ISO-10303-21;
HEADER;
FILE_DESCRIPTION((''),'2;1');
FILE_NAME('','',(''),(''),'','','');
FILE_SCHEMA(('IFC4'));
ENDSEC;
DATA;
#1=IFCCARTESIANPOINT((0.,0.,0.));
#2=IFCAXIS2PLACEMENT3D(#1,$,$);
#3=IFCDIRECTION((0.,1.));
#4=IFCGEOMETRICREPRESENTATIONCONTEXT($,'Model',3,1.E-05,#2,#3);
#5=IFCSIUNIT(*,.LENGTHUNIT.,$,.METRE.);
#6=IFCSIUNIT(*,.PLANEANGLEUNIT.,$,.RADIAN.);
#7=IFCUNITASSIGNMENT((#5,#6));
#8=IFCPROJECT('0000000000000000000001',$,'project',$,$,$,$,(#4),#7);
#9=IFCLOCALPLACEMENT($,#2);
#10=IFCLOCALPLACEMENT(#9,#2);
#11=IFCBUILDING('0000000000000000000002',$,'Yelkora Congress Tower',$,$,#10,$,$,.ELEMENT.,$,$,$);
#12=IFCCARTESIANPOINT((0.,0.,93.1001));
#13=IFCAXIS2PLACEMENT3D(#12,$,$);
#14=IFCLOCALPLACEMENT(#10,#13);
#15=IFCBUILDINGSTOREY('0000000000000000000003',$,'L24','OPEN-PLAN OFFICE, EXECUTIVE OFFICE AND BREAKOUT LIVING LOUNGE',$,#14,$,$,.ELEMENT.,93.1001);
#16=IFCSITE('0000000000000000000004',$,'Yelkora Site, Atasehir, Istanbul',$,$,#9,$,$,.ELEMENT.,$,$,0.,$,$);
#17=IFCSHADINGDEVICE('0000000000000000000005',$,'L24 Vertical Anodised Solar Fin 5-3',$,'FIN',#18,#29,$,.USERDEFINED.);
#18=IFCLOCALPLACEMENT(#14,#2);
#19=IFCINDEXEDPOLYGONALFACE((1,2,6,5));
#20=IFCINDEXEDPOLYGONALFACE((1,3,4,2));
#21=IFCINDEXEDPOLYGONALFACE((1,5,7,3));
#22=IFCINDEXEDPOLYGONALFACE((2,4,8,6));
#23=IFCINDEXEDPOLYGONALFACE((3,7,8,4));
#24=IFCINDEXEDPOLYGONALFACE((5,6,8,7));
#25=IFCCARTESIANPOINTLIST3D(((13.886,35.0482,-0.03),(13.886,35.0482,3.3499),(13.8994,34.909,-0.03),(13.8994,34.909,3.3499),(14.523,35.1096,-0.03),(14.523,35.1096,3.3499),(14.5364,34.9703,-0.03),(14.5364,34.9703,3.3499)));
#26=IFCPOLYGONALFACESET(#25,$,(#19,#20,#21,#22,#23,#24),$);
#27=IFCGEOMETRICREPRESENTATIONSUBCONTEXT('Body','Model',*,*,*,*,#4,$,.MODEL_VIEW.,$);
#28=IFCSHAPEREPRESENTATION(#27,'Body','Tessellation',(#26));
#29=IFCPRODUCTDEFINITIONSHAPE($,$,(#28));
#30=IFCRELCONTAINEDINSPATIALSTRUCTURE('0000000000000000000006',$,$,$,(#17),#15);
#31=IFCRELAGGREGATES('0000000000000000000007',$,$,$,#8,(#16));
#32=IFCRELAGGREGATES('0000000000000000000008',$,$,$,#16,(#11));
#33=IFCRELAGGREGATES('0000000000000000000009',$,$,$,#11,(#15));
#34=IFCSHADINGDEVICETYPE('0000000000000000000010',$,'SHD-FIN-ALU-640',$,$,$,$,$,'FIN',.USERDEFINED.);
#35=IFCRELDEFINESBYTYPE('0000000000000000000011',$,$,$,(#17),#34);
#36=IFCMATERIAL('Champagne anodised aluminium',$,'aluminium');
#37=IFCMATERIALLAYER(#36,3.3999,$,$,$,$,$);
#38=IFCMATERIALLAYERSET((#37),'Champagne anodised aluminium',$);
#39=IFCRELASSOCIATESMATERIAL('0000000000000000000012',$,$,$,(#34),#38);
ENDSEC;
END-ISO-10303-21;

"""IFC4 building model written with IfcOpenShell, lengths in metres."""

from ifc_helpers import new_model, si_unit, direction, frame, origin, origin_2d, place, context, subcontext, project, spatial, rectangle, extrude, material, layer, layer_set, type_object, element, save


model = new_model("IFC4")

# Units and contexts
model_context = context("Model", 3, precision=1e-05, world=origin(), true_north=direction((0.0, 1.0)))
body_context = subcontext(model_context, "Body", "Model", "MODEL_VIEW")
ifc_project = project(units=[si_unit("LENGTHUNIT", "METRE"), si_unit("PLANEANGLEUNIT", "RADIAN")], contexts=[model_context])

# Site, building, storey
site_placement = place(None, origin())
site = spatial("IfcSite", under=ifc_project, at=site_placement, Name="Yelkora Site, Atasehir, Istanbul", CompositionType="ELEMENT", RefElevation=0.0)
building_placement = place(site_placement, origin())
building = spatial("IfcBuilding", under=site, at=building_placement, Name="Yelkora Congress Tower", CompositionType="ELEMENT")
storey_placement = place(building_placement, frame((0.0, 0.0, 93.1001)))
storey = spatial("IfcBuildingStorey", under=building, at=storey_placement, Name="L24", Description="OPEN-PLAN OFFICE, EXECUTIVE OFFICE AND BREAKOUT LIVING LOUNGE", CompositionType="ELEMENT", Elevation=93.1001)

# Shading device
ifc_material_1 = material(Name="Champagne anodised aluminium", Category="aluminium")
ifc_layer_1 = layer(ifc_material_1, 3.3999)
ifc_layer_set_1 = layer_set([ifc_layer_1], Name="Champagne anodised aluminium")
shading_device_type = type_object("IfcShadingDeviceType", Name="SHD-FIN-ALU-640", ElementType="FIN", PredefinedType="USERDEFINED", material=ifc_layer_set_1)
for number, where, z_axis, x_axis, name in (
    (1, (14.2112, 35.0093, -0.03), (0.0, 0.0, 1.0), (-0.095846, 0.995396, 0.0), "L24 Vertical Anodised Solar Fin 5-3"),
):
    element("IfcShadingDevice", number, at=place(storey_placement, frame(where, z_axis=z_axis, x_axis=x_axis)), inside=storey, type_object=shading_device_type, Name=name, ObjectType="FIN", PredefinedType="USERDEFINED", context=body_context, shape_type="SweptSolid", body=[
        extrude(rectangle(XDim=0.1399, YDim=0.6399, at=origin_2d()), origin(), (0.0, 0.0, 1.0), 3.3799),
    ])

save(model, "model.ifc")
